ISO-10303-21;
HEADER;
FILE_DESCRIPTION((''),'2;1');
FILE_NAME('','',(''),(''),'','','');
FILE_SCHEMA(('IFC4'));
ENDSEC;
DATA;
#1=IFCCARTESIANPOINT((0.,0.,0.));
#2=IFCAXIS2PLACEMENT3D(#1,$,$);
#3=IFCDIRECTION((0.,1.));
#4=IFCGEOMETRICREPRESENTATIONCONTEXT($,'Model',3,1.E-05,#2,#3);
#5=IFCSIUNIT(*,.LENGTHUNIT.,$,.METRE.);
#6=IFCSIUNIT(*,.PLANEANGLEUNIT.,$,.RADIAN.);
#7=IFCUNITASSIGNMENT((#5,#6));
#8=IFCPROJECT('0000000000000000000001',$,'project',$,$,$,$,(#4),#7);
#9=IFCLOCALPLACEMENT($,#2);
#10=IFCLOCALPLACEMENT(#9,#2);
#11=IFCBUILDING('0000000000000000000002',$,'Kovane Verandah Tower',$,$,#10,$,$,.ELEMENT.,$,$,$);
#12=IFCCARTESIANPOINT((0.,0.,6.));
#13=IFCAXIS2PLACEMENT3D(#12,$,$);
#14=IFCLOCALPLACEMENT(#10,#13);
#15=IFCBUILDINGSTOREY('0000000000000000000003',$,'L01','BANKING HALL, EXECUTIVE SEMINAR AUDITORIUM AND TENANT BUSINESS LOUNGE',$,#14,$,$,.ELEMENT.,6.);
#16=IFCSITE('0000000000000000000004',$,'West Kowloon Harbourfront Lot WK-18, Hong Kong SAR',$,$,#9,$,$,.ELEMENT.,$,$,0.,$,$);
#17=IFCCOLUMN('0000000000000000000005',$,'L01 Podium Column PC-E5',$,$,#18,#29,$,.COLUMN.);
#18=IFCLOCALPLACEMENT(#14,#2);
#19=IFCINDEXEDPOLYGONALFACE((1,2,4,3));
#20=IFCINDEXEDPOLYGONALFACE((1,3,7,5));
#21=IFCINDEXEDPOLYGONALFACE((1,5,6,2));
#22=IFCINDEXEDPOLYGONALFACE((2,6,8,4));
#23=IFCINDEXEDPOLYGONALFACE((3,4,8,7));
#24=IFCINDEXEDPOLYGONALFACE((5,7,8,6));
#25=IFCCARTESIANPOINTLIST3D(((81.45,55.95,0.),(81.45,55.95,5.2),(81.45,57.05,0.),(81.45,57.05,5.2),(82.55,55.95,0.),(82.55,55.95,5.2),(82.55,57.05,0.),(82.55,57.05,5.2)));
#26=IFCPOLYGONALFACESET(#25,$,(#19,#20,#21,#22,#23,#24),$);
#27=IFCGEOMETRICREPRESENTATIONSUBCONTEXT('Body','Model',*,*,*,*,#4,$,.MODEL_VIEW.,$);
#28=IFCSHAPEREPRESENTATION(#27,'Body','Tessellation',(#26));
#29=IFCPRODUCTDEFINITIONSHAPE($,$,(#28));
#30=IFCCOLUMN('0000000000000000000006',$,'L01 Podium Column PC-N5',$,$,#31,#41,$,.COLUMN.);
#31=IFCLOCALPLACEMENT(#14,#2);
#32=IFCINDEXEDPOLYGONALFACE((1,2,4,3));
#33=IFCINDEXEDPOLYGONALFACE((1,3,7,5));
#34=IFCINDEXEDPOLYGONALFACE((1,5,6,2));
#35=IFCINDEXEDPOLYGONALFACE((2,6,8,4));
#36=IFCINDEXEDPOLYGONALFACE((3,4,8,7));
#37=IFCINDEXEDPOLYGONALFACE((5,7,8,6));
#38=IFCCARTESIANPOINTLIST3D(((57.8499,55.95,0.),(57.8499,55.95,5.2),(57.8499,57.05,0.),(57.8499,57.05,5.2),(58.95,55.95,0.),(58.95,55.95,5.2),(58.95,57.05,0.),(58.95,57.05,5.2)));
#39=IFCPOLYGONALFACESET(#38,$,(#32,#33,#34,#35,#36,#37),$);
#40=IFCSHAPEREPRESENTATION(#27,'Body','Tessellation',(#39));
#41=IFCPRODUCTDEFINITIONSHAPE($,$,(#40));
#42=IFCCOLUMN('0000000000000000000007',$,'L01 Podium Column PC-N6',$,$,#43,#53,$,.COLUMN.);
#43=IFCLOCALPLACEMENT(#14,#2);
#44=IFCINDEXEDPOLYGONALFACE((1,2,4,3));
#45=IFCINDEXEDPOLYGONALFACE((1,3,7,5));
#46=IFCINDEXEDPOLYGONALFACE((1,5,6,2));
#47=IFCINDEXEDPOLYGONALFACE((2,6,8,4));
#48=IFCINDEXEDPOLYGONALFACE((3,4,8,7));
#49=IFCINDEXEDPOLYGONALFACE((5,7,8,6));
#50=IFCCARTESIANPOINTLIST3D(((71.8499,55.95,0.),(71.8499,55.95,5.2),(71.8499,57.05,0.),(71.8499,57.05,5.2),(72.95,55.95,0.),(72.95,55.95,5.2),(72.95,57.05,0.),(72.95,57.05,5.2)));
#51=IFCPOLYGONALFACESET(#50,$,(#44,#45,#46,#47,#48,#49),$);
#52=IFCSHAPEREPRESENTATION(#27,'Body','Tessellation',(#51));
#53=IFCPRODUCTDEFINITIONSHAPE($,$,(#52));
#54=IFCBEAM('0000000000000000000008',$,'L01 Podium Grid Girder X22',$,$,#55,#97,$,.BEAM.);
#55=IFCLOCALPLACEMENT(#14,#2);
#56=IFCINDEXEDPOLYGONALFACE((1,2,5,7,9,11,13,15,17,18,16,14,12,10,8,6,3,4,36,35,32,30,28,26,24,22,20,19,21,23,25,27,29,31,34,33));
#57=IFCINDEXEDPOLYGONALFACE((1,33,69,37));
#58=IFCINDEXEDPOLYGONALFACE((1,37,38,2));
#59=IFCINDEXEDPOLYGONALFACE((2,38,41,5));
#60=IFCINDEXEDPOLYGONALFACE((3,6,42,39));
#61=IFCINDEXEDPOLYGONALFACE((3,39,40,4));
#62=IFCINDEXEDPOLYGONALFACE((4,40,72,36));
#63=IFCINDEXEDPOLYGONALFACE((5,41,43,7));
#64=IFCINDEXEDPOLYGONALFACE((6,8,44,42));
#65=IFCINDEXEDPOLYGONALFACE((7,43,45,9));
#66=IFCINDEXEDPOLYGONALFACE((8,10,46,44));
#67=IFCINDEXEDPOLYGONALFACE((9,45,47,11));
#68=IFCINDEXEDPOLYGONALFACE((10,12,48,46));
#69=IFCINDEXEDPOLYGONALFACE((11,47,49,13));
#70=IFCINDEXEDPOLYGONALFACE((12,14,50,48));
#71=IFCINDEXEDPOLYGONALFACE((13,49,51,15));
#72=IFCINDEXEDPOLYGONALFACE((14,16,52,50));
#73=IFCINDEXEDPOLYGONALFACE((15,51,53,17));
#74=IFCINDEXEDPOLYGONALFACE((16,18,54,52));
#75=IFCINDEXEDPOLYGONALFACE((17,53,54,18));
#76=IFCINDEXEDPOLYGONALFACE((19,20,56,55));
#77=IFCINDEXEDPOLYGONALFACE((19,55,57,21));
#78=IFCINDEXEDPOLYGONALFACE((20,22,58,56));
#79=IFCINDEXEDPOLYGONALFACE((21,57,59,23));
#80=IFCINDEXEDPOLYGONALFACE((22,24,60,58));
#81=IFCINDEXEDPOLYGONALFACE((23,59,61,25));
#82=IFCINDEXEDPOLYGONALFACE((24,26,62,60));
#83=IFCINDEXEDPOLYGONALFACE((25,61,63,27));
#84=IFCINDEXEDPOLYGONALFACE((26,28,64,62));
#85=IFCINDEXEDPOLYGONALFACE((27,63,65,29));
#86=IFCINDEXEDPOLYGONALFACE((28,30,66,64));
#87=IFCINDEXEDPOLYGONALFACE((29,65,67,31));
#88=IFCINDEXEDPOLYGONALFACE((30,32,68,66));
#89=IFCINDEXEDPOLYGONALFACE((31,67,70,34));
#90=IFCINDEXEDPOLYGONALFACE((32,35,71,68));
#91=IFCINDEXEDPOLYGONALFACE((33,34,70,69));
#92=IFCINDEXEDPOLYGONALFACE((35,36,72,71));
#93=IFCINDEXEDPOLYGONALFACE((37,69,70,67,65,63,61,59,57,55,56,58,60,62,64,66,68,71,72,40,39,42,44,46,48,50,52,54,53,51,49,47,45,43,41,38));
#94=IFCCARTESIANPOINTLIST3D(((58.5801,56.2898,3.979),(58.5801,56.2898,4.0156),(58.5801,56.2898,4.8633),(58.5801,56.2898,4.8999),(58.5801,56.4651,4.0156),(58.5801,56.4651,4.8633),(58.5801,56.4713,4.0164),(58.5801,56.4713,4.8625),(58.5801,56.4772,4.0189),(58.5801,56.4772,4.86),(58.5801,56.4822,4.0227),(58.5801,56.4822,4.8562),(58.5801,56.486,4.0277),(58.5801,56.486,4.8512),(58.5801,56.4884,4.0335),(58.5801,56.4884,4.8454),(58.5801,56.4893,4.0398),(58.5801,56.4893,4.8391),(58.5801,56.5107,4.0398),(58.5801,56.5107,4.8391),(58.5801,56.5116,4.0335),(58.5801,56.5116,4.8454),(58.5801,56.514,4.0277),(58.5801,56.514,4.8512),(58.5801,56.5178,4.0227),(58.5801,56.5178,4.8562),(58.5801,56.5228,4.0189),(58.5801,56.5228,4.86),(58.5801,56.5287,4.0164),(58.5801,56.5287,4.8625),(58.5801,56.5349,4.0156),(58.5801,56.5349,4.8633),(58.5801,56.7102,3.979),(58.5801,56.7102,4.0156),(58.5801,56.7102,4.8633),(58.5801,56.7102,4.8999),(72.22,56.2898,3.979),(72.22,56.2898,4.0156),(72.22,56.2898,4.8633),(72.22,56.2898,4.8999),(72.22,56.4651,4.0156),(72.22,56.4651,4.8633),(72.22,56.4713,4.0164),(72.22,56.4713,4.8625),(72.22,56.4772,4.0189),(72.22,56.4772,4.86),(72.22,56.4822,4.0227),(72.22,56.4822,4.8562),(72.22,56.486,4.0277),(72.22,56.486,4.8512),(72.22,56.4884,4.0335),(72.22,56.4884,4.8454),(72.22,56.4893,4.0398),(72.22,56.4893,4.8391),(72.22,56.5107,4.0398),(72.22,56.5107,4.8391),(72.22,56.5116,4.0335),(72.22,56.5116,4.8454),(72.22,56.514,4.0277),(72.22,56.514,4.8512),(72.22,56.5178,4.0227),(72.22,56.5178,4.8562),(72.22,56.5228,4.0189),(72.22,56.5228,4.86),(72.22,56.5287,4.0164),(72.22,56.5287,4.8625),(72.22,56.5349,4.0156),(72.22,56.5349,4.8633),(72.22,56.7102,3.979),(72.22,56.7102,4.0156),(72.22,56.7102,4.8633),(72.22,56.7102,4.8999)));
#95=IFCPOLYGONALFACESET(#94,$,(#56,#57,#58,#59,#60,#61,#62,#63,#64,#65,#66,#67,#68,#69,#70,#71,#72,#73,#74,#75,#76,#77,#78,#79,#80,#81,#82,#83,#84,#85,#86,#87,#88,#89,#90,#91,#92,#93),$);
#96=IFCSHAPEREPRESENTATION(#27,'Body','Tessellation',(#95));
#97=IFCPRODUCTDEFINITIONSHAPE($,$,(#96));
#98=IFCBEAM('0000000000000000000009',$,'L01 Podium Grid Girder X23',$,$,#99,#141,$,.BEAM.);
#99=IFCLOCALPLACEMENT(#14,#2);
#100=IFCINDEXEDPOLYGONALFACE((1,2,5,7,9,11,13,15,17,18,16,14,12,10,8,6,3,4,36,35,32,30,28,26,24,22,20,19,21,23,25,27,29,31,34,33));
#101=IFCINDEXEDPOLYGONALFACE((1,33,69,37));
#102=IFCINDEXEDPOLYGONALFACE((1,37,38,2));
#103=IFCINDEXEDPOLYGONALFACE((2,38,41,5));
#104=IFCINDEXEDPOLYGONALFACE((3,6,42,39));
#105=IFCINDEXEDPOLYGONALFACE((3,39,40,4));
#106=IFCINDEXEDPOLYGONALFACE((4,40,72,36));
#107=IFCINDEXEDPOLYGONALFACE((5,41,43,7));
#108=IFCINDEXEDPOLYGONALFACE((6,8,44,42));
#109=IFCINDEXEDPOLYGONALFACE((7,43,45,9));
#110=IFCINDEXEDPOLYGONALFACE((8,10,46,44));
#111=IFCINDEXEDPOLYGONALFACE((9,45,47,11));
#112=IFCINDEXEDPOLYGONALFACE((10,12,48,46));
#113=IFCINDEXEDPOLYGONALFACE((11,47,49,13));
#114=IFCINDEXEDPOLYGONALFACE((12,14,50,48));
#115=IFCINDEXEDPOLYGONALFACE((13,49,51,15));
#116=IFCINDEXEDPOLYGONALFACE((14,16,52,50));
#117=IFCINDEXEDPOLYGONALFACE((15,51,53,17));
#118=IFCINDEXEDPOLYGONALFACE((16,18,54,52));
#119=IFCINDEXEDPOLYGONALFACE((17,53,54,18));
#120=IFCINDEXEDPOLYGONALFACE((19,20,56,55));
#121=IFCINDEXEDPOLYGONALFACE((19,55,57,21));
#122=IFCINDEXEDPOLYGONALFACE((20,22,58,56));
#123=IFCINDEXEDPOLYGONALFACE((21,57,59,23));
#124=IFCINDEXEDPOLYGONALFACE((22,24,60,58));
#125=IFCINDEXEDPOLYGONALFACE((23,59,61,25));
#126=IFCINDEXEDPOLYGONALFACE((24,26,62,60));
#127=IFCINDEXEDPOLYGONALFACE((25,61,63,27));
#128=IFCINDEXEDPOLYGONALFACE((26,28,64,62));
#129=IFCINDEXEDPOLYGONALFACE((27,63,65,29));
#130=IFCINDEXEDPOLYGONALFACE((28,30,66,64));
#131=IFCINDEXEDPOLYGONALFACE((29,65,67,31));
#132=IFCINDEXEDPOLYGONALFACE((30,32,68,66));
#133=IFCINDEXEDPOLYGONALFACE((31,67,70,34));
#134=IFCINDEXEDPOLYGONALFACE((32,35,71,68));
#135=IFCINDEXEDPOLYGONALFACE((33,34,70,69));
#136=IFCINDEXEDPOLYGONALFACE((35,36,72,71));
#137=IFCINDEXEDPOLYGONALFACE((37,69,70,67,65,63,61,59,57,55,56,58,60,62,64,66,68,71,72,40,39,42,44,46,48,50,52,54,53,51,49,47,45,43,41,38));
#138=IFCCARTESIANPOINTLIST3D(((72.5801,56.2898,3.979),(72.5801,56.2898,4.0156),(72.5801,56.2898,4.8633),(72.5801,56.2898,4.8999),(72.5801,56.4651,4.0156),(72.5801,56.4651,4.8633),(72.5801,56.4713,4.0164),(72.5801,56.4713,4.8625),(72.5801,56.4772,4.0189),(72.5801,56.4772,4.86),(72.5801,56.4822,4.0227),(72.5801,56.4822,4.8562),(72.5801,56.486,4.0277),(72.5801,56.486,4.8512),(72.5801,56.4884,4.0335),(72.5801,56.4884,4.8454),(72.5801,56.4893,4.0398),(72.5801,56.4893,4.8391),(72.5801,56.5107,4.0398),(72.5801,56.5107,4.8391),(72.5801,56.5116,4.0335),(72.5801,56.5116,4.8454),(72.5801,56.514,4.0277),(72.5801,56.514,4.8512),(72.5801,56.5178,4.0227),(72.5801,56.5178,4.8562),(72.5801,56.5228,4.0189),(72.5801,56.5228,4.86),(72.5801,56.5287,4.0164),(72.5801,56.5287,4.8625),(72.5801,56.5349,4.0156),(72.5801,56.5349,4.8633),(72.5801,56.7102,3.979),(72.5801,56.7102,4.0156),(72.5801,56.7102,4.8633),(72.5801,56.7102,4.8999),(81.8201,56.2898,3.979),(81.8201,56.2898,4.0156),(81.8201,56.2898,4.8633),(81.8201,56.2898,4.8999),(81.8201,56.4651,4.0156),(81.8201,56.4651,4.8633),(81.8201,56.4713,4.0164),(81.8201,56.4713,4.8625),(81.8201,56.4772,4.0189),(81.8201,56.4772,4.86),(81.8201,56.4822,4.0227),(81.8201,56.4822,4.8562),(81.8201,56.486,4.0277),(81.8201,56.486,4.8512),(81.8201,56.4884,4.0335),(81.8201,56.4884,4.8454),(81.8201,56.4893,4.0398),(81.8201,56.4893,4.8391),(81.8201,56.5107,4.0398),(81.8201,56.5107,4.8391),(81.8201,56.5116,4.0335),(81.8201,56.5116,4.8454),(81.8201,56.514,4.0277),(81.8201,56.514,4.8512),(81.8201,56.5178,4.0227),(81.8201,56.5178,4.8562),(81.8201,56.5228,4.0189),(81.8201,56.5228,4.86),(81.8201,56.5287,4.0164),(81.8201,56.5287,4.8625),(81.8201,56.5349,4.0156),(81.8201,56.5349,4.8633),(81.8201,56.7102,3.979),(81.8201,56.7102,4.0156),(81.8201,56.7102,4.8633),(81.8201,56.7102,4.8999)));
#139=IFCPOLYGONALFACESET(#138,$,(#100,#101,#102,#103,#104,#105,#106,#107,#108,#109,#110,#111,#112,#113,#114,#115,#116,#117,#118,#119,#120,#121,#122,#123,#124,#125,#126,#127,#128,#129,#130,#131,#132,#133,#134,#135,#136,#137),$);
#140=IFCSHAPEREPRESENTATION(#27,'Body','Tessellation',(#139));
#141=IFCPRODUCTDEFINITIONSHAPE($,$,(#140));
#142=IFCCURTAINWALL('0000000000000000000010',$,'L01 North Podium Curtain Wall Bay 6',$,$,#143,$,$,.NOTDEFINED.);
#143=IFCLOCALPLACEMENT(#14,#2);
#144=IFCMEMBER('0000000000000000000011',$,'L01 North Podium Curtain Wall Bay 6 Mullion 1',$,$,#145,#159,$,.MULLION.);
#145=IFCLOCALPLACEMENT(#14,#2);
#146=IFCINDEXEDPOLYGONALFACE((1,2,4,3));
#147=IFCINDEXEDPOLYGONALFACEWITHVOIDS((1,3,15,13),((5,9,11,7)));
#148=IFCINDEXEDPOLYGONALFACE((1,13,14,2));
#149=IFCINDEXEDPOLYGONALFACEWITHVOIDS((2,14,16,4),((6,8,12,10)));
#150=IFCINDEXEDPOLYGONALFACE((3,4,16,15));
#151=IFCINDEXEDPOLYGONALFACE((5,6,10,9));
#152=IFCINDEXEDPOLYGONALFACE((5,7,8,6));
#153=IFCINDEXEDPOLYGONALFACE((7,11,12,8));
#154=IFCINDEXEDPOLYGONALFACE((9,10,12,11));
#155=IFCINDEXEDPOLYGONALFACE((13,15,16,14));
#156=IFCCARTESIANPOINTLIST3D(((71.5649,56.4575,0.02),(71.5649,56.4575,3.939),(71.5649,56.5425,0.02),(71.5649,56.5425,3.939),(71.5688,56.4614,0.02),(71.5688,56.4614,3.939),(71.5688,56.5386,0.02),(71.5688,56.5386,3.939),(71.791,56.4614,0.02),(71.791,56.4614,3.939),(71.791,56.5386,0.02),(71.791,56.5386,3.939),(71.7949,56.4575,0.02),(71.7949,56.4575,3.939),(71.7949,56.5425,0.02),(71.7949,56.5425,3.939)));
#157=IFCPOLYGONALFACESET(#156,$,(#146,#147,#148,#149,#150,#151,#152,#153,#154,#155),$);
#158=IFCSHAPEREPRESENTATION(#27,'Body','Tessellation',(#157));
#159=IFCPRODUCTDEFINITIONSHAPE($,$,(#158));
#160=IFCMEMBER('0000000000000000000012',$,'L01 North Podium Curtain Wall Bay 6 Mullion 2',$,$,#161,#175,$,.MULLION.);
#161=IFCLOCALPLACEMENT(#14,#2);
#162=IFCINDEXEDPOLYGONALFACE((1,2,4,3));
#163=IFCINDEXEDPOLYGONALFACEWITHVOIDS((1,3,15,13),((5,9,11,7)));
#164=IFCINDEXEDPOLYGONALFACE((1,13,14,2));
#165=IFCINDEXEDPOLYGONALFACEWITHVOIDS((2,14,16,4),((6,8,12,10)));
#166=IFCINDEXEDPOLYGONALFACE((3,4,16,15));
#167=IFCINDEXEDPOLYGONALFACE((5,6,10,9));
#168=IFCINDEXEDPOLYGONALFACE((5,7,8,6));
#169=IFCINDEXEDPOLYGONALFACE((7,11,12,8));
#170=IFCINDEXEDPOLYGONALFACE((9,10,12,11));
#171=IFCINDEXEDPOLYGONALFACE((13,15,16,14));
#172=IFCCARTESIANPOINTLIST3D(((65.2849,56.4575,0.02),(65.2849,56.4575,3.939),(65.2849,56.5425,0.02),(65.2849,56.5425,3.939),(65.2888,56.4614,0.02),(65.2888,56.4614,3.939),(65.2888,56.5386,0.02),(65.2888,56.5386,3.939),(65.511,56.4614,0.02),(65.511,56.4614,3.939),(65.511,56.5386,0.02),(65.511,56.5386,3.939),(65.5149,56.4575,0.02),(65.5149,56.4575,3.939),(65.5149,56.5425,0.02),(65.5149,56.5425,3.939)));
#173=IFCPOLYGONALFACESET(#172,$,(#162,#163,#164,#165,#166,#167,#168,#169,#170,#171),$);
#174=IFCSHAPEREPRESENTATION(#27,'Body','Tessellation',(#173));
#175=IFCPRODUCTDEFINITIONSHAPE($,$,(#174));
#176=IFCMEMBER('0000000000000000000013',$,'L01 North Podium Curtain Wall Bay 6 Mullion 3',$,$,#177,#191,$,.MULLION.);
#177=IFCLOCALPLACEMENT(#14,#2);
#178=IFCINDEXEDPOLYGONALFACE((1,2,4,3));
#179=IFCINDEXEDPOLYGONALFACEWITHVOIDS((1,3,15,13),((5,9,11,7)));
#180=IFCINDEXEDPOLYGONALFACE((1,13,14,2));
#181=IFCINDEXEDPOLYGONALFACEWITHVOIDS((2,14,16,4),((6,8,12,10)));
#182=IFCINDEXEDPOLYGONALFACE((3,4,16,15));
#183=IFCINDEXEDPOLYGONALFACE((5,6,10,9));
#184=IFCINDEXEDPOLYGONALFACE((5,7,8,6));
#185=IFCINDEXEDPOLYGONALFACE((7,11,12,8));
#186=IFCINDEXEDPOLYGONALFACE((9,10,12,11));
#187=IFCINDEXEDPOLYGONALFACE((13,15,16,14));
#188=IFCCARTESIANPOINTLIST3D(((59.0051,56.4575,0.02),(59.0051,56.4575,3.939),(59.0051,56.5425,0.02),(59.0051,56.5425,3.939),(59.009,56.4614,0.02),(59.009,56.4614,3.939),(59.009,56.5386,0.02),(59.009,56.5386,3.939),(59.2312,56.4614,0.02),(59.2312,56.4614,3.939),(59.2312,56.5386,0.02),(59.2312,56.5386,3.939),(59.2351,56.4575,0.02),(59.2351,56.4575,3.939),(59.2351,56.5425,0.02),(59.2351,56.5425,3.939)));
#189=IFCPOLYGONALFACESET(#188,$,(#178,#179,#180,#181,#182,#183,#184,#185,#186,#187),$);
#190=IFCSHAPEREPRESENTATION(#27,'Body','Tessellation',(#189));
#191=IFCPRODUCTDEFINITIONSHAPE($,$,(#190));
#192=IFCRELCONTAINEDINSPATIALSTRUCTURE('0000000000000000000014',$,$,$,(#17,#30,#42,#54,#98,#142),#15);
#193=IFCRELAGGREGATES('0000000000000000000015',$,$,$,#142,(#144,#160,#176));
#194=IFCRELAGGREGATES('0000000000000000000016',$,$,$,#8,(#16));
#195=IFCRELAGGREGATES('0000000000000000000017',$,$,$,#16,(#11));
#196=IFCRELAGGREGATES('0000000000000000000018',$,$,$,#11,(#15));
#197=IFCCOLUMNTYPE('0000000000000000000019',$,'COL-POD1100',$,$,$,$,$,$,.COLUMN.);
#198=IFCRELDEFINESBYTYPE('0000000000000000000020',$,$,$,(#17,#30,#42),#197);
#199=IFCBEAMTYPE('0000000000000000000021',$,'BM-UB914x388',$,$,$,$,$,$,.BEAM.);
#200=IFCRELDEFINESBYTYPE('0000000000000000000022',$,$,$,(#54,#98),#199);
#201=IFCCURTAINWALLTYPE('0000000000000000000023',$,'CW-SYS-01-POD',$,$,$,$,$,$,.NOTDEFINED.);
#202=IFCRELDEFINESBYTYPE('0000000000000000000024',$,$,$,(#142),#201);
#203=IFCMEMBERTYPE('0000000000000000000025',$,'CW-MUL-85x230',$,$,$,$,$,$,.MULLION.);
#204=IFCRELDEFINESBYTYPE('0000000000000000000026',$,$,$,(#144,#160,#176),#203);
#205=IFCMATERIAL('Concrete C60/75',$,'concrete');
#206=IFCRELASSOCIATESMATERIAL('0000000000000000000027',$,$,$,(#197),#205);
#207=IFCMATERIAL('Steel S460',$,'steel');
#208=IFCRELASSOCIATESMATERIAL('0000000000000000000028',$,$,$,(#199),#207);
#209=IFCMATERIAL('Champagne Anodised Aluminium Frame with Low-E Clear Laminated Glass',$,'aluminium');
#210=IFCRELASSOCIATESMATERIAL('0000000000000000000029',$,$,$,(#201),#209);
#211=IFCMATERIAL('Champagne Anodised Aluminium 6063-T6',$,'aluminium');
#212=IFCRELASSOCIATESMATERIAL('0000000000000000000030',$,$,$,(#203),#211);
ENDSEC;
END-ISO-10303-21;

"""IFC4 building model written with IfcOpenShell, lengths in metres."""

from ifc_helpers import new_model, si_unit, direction, frame, origin, origin_2d, place, context, subcontext, project, spatial, rectangle, hollow_rectangle, i_section, extrude, material, material_profile, profile_set, type_object, element, aggregate, save


model = new_model("IFC4")

# Units and contexts
model_context = context("Model", 3, precision=1e-05, world=origin(), true_north=direction((0.0, 1.0)))
body_context = subcontext(model_context, "Body", "Model", "MODEL_VIEW")
ifc_project = project(units=[si_unit("LENGTHUNIT", "METRE"), si_unit("PLANEANGLEUNIT", "RADIAN")], contexts=[model_context])

# Site, building, storey
site_placement = place(None, origin())
site = spatial("IfcSite", under=ifc_project, at=site_placement, Name="West Kowloon Harbourfront Lot WK-18, Hong Kong SAR", CompositionType="ELEMENT", RefElevation=0.0)
building_placement = place(site_placement, origin())
building = spatial("IfcBuilding", under=site, at=building_placement, Name="Kovane Verandah Tower", CompositionType="ELEMENT")
storey_placement = place(building_placement, frame((0.0, 0.0, 6.0)))
storey = spatial("IfcBuildingStorey", under=building, at=storey_placement, Name="L01", Description="BANKING HALL, EXECUTIVE SEMINAR AUDITORIUM AND TENANT BUSINESS LOUNGE", CompositionType="ELEMENT", Elevation=6.0)

# Columns
ifc_material_1 = material(Name="Concrete C60/75", Category="concrete")
ifc_material_profile_1 = material_profile(ifc_material_1, rectangle(XDim=1.1001, YDim=1.1001, at=origin_2d()), Name="RC1100x1100")
ifc_profile_set_1 = profile_set([ifc_material_profile_1], Name="Concrete C60/75")
column_type = type_object("IfcColumnType", Name="COL-POD1100", PredefinedType="COLUMN", material=ifc_profile_set_1)
for number, where, z_axis, x_axis, name in (
    (1, (82.0, 56.5, 0.0), (0.0, 0.0, 1.0), (1.0, 0.0, 0.0), "L01 Podium Column PC-E5"),
    (2, (58.3999, 56.5, 0.0), (0.0, 0.0, 1.0), (1.0, 0.0, 0.0), "L01 Podium Column PC-N5"),
    (3, (72.3999, 56.5, 0.0), (0.0, 0.0, 1.0), (1.0, 0.0, 0.0), "L01 Podium Column PC-N6"),
):
    element("IfcColumn", number, at=place(storey_placement, frame(where, z_axis=z_axis, x_axis=x_axis)), inside=storey, type_object=column_type, Name=name, PredefinedType="COLUMN", context=body_context, shape_type="SweptSolid", body=[
        extrude(rectangle(XDim=1.1001, YDim=1.1001, at=origin_2d()), origin(), (0.0, 0.0, 1.0), 5.2),
    ])

# Beams
ifc_material_2 = material(Name="Steel S460", Category="steel")
ifc_material_profile_2 = material_profile(ifc_material_2, i_section(OverallWidth=0.4204, OverallDepth=0.9209, WebThickness=0.0215, FlangeThickness=0.0366, FilletRadius=0.0242, at=origin_2d()), Name="UB914x419x388")
ifc_profile_set_2 = profile_set([ifc_material_profile_2], Name="Steel S460")
beam_type_1 = type_object("IfcBeamType", Name="BM-UB914x388", PredefinedType="BEAM", material=ifc_profile_set_2)
beam_1_placement = place(storey_placement, frame((58.5801, 56.5, 4.4395), z_axis=(1.0, 0.0, 0.0), x_axis=(0.0, 1.0, 0.0)))
element("IfcBeam", 4, at=beam_1_placement, inside=storey, type_object=beam_type_1, Name="L01 Podium Grid Girder X22", PredefinedType="BEAM", context=body_context, shape_type="SweptSolid", body=[
    extrude(i_section(OverallWidth=0.4204, OverallDepth=0.9209, WebThickness=0.0215, FlangeThickness=0.0366, FilletRadius=0.0242, at=origin_2d()), origin(), (0.0, 0.0, 1.0), 13.6399),
])
beam_2_placement = place(storey_placement, frame((72.5801, 56.5, 4.4395), z_axis=(1.0, 0.0, 0.0), x_axis=(0.0, 1.0, 0.0)))
element("IfcBeam", 5, at=beam_2_placement, inside=storey, type_object=beam_type_1, Name="L01 Podium Grid Girder X23", PredefinedType="BEAM", context=body_context, shape_type="SweptSolid", body=[
    extrude(i_section(OverallWidth=0.4204, OverallDepth=0.9209, WebThickness=0.0215, FlangeThickness=0.0366, FilletRadius=0.0242, at=origin_2d()), origin(), (0.0, 0.0, 1.0), 9.24),
])

# Curtain wall, members
ifc_material_3 = material(Name="Champagne Anodised Aluminium Frame with Low-E Clear Laminated Glass", Category="aluminium")
curtain_wall_type = type_object("IfcCurtainWallType", Name="CW-SYS-01-POD", PredefinedType="NOTDEFINED", material=ifc_material_3)
curtain_wall_1_placement = place(storey_placement, origin())
curtain_wall_1 = element("IfcCurtainWall", 6, at=curtain_wall_1_placement, inside=storey, type_object=curtain_wall_type, Name="L01 North Podium Curtain Wall Bay 6", PredefinedType="NOTDEFINED")
ifc_material_4 = material(Name="Champagne Anodised Aluminium 6063-T6", Category="aluminium")
ifc_material_profile_3 = material_profile(ifc_material_4, hollow_rectangle(XDim=0.085, YDim=0.23, WallThickness=0.0039, at=origin_2d()), Name="AL85x230x4")
ifc_profile_set_3 = profile_set([ifc_material_profile_3], Name="Champagne Anodised Aluminium 6063-T6")
member_type_1 = type_object("IfcMemberType", Name="CW-MUL-85x230", PredefinedType="MULLION", material=ifc_profile_set_3)
member_1_placement = place(storey_placement, frame((71.6799, 56.5, 0.02), z_axis=(0.0, 0.0, 1.0), x_axis=(0.0, 1.0, 0.0)))
member_1 = element("IfcMember", 7, at=member_1_placement, type_object=member_type_1, Name="L01 North Podium Curtain Wall Bay 6 Mullion 1", PredefinedType="MULLION", context=body_context, shape_type="SweptSolid", body=[
    extrude(hollow_rectangle(XDim=0.085, YDim=0.23, WallThickness=0.0039, at=origin_2d()), origin(), (0.0, 0.0, 1.0), 3.9189),
])
member_2_placement = place(storey_placement, frame((65.3999, 56.5, 0.02), z_axis=(0.0, 0.0, 1.0), x_axis=(0.0, 1.0, 0.0)))
member_2 = element("IfcMember", 8, at=member_2_placement, type_object=member_type_1, Name="L01 North Podium Curtain Wall Bay 6 Mullion 2", PredefinedType="MULLION", context=body_context, shape_type="SweptSolid", body=[
    extrude(hollow_rectangle(XDim=0.085, YDim=0.23, WallThickness=0.0039, at=origin_2d()), origin(), (0.0, 0.0, 1.0), 3.9189),
])
member_3_placement = place(storey_placement, frame((59.1201, 56.5, 0.02), z_axis=(0.0, 0.0, 1.0), x_axis=(0.0, 1.0, 0.0)))
member_3 = element("IfcMember", 9, at=member_3_placement, type_object=member_type_1, Name="L01 North Podium Curtain Wall Bay 6 Mullion 3", PredefinedType="MULLION", context=body_context, shape_type="SweptSolid", body=[
    extrude(hollow_rectangle(XDim=0.085, YDim=0.23, WallThickness=0.0039, at=origin_2d()), origin(), (0.0, 0.0, 1.0), 3.9189),
])

aggregate(curtain_wall_1, [member_1, member_2, member_3])

save(model, "model.ifc")
